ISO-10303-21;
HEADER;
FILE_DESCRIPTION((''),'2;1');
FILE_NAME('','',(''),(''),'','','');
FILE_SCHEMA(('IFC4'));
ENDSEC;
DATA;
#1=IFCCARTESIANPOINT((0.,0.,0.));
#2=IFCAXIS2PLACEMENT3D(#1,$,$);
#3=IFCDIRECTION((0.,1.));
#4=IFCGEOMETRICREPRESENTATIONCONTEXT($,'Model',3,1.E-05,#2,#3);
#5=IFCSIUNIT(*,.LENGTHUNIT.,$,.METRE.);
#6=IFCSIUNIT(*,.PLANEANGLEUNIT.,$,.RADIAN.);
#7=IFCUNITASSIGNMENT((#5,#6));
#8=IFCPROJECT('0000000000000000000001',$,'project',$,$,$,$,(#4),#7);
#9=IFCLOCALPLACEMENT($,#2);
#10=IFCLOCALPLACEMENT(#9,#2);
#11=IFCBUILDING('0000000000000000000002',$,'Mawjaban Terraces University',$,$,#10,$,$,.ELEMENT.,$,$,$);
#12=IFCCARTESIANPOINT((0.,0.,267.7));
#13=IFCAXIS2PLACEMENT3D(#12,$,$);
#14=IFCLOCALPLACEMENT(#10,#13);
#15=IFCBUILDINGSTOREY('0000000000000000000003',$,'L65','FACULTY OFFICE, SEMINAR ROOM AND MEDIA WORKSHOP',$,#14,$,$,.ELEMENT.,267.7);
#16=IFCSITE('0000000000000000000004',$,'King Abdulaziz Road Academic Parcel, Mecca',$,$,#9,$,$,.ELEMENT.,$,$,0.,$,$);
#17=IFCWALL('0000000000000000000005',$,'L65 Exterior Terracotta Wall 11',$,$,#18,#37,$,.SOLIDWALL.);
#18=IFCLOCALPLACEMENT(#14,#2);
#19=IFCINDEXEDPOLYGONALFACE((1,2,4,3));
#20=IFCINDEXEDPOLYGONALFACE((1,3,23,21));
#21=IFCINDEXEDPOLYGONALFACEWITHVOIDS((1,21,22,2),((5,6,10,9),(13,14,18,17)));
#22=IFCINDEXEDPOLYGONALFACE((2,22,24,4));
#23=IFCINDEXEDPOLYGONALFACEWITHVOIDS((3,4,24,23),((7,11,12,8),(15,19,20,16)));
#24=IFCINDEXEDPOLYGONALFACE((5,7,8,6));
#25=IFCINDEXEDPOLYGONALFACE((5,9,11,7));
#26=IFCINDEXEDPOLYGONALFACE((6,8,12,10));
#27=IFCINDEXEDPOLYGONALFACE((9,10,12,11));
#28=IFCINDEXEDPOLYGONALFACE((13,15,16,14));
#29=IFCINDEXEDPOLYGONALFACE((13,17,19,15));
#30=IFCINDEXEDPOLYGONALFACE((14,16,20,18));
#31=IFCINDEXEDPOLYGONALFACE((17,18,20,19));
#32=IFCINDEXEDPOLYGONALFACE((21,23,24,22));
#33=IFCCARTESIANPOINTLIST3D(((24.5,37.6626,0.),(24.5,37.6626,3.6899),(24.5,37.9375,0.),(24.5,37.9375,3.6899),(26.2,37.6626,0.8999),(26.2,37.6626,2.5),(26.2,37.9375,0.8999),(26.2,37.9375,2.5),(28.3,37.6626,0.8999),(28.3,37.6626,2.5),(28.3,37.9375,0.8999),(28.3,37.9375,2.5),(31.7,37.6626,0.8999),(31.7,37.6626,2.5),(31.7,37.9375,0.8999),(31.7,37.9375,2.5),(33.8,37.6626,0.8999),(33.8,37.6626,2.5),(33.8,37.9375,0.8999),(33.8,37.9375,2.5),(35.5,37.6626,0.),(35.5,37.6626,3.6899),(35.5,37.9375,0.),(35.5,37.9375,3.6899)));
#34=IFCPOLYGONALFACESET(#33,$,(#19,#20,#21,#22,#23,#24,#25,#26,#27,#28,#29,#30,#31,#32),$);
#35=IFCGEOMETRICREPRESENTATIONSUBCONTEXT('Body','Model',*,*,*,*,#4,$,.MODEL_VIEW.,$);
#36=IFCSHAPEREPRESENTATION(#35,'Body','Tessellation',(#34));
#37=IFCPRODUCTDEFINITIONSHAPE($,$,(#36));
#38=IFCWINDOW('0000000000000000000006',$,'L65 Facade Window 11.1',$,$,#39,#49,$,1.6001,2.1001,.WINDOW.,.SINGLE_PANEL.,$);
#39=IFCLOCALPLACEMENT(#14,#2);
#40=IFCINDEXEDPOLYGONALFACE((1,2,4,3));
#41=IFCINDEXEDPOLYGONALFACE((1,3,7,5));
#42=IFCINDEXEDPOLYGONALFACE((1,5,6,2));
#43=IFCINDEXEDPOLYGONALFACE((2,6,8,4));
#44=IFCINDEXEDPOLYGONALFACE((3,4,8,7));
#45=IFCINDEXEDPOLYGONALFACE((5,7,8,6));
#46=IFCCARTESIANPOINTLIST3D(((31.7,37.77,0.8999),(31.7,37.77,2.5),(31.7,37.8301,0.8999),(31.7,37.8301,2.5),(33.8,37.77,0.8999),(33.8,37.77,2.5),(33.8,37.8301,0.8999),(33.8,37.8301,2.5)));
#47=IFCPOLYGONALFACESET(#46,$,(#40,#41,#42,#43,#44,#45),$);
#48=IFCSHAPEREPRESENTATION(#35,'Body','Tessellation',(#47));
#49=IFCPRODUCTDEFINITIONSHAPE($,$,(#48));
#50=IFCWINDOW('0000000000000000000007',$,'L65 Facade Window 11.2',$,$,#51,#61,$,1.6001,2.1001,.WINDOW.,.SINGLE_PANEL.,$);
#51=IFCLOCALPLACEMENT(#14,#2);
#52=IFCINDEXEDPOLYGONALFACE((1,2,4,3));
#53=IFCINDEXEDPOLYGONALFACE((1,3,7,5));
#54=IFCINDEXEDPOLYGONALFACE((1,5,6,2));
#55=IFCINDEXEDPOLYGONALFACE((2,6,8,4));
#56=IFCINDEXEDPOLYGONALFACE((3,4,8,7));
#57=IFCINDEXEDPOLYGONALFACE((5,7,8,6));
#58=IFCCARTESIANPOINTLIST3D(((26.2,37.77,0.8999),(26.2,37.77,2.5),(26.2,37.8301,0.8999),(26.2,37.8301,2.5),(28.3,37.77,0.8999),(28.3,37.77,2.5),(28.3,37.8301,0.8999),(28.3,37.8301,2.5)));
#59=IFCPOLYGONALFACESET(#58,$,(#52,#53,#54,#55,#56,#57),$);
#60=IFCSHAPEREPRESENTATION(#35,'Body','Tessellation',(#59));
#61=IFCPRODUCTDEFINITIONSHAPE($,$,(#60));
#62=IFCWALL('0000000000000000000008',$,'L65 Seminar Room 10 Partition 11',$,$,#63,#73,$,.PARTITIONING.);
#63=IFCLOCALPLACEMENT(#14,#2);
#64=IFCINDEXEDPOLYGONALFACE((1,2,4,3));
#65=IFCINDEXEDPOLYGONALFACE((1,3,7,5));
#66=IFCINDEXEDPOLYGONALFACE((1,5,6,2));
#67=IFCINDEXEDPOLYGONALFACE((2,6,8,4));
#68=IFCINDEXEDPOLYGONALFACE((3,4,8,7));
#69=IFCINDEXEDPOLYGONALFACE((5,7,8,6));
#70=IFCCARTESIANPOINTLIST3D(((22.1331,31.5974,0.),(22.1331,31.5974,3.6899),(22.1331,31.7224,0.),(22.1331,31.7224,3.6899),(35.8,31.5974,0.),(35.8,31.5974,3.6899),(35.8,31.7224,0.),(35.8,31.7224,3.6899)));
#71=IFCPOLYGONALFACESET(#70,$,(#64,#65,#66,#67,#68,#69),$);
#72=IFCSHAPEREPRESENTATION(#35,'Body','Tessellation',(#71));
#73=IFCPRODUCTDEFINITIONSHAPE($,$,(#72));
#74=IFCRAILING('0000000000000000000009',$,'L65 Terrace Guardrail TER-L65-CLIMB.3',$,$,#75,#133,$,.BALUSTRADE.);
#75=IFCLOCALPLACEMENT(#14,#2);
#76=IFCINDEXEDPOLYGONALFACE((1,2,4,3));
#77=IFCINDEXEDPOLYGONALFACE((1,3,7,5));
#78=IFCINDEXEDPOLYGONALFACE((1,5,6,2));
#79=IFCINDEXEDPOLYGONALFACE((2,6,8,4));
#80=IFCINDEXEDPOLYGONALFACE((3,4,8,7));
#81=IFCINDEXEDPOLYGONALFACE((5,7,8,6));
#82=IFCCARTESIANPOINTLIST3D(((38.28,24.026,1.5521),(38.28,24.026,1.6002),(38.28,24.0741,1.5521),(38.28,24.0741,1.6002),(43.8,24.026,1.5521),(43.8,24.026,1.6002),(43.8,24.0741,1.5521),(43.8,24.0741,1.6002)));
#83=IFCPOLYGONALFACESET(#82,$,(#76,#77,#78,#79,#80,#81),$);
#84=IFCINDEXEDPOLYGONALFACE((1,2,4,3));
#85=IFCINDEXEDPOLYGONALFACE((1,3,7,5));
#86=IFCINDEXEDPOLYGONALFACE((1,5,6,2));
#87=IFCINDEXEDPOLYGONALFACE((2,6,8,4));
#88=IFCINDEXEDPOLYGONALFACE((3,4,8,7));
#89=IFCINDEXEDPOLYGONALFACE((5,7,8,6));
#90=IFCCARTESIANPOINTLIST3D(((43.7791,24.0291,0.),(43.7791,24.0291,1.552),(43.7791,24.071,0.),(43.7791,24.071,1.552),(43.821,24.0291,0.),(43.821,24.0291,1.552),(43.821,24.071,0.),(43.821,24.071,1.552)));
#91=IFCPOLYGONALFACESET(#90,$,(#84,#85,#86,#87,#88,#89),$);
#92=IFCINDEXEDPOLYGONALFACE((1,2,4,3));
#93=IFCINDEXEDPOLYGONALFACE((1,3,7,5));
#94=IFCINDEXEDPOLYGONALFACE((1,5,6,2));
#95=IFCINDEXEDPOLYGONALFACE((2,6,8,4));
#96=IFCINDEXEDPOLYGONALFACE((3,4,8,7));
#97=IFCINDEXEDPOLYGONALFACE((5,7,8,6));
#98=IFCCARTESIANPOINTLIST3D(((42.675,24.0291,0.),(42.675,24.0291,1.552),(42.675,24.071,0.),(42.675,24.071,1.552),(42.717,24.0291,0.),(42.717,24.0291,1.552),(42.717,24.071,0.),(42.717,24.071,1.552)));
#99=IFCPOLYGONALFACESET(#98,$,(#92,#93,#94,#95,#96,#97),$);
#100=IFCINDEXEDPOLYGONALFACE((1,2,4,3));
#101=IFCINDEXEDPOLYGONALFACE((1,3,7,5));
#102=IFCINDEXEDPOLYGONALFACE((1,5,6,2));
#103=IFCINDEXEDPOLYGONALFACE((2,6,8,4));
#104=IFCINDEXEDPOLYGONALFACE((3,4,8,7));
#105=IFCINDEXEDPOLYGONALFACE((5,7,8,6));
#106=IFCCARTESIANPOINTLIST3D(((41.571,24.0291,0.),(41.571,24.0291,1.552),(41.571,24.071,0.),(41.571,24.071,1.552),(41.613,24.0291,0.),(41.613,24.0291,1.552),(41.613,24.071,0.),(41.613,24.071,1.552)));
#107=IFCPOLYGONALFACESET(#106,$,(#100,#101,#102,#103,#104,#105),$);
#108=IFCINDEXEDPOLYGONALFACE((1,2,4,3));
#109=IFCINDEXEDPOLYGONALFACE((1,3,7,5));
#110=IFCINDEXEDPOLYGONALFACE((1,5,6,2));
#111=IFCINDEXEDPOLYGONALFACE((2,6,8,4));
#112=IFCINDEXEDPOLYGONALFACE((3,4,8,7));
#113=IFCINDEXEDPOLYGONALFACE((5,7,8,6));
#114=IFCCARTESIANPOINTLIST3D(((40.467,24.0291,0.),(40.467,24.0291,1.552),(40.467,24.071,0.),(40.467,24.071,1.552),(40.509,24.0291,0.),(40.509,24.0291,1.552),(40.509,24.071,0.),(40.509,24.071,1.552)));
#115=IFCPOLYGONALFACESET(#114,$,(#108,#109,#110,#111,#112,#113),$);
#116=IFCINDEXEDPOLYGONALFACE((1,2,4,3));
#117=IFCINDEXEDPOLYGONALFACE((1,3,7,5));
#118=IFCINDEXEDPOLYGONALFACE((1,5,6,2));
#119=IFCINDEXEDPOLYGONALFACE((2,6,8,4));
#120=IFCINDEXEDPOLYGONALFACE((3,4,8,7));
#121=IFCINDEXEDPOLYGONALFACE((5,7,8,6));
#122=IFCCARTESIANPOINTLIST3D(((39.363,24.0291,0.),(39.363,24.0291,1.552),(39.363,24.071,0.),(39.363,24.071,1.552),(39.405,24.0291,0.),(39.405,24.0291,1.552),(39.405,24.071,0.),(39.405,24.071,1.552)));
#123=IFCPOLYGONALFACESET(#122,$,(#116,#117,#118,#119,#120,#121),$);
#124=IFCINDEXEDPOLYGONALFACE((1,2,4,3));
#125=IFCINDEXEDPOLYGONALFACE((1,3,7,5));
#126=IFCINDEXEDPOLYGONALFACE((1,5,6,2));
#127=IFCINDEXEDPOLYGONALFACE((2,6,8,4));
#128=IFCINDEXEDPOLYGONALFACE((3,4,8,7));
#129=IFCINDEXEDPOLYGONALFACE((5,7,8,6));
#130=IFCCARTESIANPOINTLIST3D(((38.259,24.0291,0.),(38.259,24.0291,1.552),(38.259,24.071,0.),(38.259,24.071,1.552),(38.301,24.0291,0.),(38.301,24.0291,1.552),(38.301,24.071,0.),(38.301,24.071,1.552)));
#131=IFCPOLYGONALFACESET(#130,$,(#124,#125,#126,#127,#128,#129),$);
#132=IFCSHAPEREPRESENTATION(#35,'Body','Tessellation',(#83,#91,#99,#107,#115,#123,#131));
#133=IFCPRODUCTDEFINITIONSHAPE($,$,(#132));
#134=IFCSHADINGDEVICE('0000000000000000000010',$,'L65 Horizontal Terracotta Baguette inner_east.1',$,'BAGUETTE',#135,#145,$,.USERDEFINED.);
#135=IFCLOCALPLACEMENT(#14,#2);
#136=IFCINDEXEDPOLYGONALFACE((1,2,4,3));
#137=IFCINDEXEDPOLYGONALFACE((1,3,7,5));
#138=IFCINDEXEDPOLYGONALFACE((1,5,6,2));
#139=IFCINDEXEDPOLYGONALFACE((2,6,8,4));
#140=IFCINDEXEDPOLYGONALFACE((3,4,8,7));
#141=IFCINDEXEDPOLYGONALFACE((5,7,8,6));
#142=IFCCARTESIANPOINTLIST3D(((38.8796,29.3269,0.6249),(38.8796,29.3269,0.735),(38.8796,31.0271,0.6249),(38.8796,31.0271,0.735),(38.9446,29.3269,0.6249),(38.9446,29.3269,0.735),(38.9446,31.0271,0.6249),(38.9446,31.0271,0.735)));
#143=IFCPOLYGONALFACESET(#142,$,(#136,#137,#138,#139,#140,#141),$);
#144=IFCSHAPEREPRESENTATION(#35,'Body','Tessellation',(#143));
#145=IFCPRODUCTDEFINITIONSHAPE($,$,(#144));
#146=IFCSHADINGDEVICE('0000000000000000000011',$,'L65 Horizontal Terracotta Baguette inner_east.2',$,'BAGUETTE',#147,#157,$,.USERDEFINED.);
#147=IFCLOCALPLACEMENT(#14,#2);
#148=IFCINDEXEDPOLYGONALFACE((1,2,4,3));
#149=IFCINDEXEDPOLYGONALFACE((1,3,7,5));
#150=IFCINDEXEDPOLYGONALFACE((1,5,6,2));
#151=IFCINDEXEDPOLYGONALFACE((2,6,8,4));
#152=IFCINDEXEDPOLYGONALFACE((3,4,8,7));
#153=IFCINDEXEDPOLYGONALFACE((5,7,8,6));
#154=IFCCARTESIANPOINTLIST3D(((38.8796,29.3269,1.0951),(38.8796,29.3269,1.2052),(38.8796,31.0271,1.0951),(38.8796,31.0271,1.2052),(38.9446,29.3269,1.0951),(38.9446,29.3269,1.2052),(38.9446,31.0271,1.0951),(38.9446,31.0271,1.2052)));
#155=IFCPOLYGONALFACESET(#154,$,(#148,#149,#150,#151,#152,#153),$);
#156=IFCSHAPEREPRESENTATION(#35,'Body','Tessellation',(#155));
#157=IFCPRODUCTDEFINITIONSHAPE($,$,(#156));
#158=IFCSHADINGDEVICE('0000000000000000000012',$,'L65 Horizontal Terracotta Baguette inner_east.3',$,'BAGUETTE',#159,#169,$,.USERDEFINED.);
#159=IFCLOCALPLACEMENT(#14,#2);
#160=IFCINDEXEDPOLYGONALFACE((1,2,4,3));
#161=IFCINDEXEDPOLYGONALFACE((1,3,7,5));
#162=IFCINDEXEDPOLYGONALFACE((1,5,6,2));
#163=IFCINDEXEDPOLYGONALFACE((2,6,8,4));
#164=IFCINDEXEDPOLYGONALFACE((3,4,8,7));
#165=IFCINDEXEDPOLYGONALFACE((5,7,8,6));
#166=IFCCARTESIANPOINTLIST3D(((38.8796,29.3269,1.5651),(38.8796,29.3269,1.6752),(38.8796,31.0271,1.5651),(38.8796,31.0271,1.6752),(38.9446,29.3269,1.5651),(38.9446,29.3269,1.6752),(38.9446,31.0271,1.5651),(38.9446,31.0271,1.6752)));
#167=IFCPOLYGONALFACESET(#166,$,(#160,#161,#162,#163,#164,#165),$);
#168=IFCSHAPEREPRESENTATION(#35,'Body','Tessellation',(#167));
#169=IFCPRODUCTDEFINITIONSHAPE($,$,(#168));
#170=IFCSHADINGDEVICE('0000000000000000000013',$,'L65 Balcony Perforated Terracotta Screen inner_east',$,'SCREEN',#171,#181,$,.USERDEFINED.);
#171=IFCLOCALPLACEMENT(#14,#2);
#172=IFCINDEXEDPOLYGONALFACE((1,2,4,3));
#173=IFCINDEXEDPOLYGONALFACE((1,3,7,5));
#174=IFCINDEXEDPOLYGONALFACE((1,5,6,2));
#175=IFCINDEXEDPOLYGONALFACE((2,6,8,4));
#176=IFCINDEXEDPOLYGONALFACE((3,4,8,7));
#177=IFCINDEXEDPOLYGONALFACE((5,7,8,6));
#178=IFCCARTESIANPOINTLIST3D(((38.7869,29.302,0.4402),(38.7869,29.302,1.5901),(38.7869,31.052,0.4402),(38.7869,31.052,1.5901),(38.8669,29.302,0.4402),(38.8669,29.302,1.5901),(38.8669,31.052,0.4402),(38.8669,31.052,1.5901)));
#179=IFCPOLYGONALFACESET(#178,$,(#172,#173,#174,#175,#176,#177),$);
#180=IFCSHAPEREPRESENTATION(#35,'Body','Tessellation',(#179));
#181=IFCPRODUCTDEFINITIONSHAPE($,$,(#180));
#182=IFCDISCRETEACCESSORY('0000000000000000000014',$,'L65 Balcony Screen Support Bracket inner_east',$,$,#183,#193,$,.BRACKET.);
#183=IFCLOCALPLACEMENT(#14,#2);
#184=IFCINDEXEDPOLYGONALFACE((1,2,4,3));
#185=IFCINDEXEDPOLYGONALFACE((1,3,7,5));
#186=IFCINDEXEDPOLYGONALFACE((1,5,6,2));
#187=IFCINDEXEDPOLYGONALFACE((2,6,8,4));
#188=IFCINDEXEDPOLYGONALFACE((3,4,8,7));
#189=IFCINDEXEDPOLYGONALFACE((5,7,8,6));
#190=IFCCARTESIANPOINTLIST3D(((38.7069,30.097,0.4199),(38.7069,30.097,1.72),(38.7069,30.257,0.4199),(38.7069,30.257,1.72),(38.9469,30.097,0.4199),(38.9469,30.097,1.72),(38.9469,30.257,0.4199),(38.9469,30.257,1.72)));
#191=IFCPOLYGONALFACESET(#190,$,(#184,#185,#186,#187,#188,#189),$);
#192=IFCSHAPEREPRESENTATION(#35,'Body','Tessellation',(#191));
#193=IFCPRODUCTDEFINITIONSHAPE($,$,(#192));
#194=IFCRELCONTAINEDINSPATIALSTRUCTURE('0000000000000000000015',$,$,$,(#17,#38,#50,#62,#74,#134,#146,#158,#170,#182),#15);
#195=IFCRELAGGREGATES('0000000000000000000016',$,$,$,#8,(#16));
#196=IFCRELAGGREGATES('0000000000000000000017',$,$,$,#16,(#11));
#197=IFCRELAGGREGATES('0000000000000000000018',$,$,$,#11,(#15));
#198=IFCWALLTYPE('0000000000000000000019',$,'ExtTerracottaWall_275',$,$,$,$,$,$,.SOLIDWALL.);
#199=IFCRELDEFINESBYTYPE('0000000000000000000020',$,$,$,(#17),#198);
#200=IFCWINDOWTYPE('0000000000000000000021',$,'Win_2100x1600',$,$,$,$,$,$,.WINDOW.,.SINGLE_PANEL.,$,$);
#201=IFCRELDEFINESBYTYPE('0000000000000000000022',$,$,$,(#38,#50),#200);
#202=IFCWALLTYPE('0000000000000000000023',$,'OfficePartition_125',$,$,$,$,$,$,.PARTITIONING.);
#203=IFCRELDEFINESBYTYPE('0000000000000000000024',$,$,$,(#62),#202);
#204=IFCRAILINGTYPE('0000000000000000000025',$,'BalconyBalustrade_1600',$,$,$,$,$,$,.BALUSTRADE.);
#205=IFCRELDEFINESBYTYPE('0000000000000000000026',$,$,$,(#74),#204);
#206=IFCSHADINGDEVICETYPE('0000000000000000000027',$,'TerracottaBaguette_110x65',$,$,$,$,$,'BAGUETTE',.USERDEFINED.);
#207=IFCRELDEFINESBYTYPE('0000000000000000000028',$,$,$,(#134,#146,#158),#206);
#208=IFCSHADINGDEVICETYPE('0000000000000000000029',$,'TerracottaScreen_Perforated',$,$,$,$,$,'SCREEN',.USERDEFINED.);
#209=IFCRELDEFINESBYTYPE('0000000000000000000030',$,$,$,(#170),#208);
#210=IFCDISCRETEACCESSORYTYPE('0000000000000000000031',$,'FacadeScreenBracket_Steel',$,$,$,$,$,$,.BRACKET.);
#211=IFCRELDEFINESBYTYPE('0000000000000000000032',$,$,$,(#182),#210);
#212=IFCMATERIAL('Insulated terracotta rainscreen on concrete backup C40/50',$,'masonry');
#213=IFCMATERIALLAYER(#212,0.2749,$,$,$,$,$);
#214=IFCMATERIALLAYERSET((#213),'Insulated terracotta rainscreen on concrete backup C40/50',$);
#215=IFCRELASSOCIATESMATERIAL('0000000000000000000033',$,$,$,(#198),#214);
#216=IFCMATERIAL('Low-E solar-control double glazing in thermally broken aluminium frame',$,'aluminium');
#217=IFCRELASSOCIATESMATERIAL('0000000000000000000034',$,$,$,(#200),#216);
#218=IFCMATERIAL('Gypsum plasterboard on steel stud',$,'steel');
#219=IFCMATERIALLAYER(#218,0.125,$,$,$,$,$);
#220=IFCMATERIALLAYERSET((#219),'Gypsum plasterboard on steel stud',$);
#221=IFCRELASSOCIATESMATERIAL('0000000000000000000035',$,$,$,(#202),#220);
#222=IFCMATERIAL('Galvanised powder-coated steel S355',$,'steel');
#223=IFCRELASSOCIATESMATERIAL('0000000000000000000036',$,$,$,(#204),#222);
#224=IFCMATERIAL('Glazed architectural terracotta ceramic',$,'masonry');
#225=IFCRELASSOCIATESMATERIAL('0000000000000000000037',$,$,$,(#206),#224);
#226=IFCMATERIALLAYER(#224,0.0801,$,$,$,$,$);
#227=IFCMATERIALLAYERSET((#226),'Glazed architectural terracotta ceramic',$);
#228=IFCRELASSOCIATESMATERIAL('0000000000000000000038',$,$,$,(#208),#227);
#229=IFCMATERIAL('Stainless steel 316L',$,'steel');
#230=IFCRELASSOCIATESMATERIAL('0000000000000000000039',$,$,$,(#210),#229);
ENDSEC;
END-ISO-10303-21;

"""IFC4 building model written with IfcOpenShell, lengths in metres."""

from ifc_helpers import new_model, si_unit, direction, frame, frame_2d, origin, origin_2d, place, context, subcontext, project, spatial, rectangle, extrude, material, layer, layer_set, material_profile, profile_set, type_object, element, fill, save


model = new_model("IFC4")

# Units and contexts
model_context = context("Model", 3, precision=1e-05, world=origin(), true_north=direction((0.0, 1.0)))
body_context = subcontext(model_context, "Body", "Model", "MODEL_VIEW")
ifc_project = project(units=[si_unit("LENGTHUNIT", "METRE"), si_unit("PLANEANGLEUNIT", "RADIAN")], contexts=[model_context])

# Site, building, storey
site_placement = place(None, origin())
site = spatial("IfcSite", under=ifc_project, at=site_placement, Name="King Abdulaziz Road Academic Parcel, Mecca", CompositionType="ELEMENT", RefElevation=0.0)
building_placement = place(site_placement, origin())
building = spatial("IfcBuilding", under=site, at=building_placement, Name="Mawjaban Terraces University", CompositionType="ELEMENT")
storey_placement = place(building_placement, frame((0.0, 0.0, 267.7)))
storey = spatial("IfcBuildingStorey", under=building, at=storey_placement, Name="L65", Description="FACULTY OFFICE, SEMINAR ROOM AND MEDIA WORKSHOP", CompositionType="ELEMENT", Elevation=267.7)

# Shared definitions
ifc_material_1 = material(Name="Insulated terracotta rainscreen on concrete backup C40/50", Category="masonry")
ifc_layer_1 = layer(ifc_material_1, 0.2749)
ifc_layer_set_1 = layer_set([ifc_layer_1], Name="Insulated terracotta rainscreen on concrete backup C40/50")
wall_type_1 = type_object("IfcWallType", Name="ExtTerracottaWall_275", PredefinedType="SOLIDWALL", material=ifc_layer_set_1)

# Wall, openings, windows
wall_1_placement = place(storey_placement, frame((35.5, 37.8, 0.0), z_axis=(0.0, 0.0, 1.0), x_axis=(-1.0, 0.0, 0.0)))
wall_1 = element("IfcWall", 1, at=wall_1_placement, inside=storey, type_object=wall_type_1, Name="L65 Exterior Terracotta Wall 11", PredefinedType="SOLIDWALL", context=body_context, shape_type="SweptSolid", body=[
    extrude(rectangle(XDim=11.0, YDim=0.2749, at=frame_2d((5.5, 0.0))), origin(), (0.0, 0.0, 1.0), 3.6899),
])
opening_1_placement = place(wall_1_placement, frame((1.7, 0.0, 0.8999)))
opening_1 = element("IfcOpeningElement", 2, at=opening_1_placement, cuts=wall_1, PredefinedType="OPENING", context=body_context, shape_type="SweptSolid", body=[
    extrude(rectangle(XDim=2.1001, YDim=1.6001, at=frame_2d((1.05, 0.8))), frame((0.0, 0.1475, 0.0), z_axis=(0.0, -1.0, 0.0), x_axis=(1.0, 0.0, 0.0)), (0.0, 0.0, 1.0), 0.2949),
])
opening_2_placement = place(wall_1_placement, frame((7.2, 0.0, 0.8999)))
opening_2 = element("IfcOpeningElement", 3, at=opening_2_placement, cuts=wall_1, PredefinedType="OPENING", context=body_context, shape_type="SweptSolid", body=[
    extrude(rectangle(XDim=2.1001, YDim=1.6001, at=frame_2d((1.05, 0.8))), frame((0.0, 0.1475, 0.0), z_axis=(0.0, -1.0, 0.0), x_axis=(1.0, 0.0, 0.0)), (0.0, 0.0, 1.0), 0.2949),
])
ifc_material_2 = material(Name="Low-E solar-control double glazing in thermally broken aluminium frame", Category="aluminium")
window_type = type_object("IfcWindowType", Name="Win_2100x1600", PartitioningType="SINGLE_PANEL", PredefinedType="WINDOW", material=ifc_material_2)
window_1_placement = place(opening_1_placement, origin())
window_1 = element("IfcWindow", 4, at=window_1_placement, inside=storey, type_object=window_type, Name="L65 Facade Window 11.1", OverallHeight=1.6001, OverallWidth=2.1001, PartitioningType="SINGLE_PANEL", PredefinedType="WINDOW", context=body_context, shape_type="SweptSolid", body=[
    extrude(rectangle(XDim=2.1001, YDim=1.6001, at=frame_2d((1.05, 0.8))), frame((0.0, 0.03, 0.0), z_axis=(0.0, -1.0, 0.0), x_axis=(1.0, 0.0, 0.0)), (0.0, 0.0, 1.0), 0.0601),
])
fill(opening_1, window_1)
window_2_placement = place(opening_2_placement, origin())
window_2 = element("IfcWindow", 5, at=window_2_placement, inside=storey, type_object=window_type, Name="L65 Facade Window 11.2", OverallHeight=1.6001, OverallWidth=2.1001, PartitioningType="SINGLE_PANEL", PredefinedType="WINDOW", context=body_context, shape_type="SweptSolid", body=[
    extrude(rectangle(XDim=2.1001, YDim=1.6001, at=frame_2d((1.05, 0.8))), frame((0.0, 0.03, 0.0), z_axis=(0.0, -1.0, 0.0), x_axis=(1.0, 0.0, 0.0)), (0.0, 0.0, 1.0), 0.0601),
])
fill(opening_2, window_2)

# Wall
ifc_material_3 = material(Name="Gypsum plasterboard on steel stud", Category="steel")
ifc_layer_2 = layer(ifc_material_3, 0.125)
ifc_layer_set_2 = layer_set([ifc_layer_2], Name="Gypsum plasterboard on steel stud")
wall_type_2 = type_object("IfcWallType", Name="OfficePartition_125", PredefinedType="PARTITIONING", material=ifc_layer_set_2)
wall_2_placement = place(storey_placement, frame((35.8, 31.6599, 0.0), z_axis=(0.0, 0.0, 1.0), x_axis=(-1.0, 0.0, 0.0)))
element("IfcWall", 6, at=wall_2_placement, inside=storey, type_object=wall_type_2, Name="L65 Seminar Room 10 Partition 11", PredefinedType="PARTITIONING", context=body_context, shape_type="SweptSolid", body=[
    extrude(rectangle(XDim=13.667, YDim=0.125, at=frame_2d((6.8335, 0.0))), origin(), (0.0, 0.0, 1.0), 3.6899),
])

# Railing
ifc_material_4 = material(Name="Galvanised powder-coated steel S355", Category="steel")
railing_type = type_object("IfcRailingType", Name="BalconyBalustrade_1600", PredefinedType="BALUSTRADE", material=ifc_material_4)
railing_1_placement = place(storey_placement, frame((43.8, 24.05, 0.0)))
element("IfcRailing", 7, at=railing_1_placement, inside=storey, type_object=railing_type, Name="L65 Terrace Guardrail TER-L65-CLIMB.3", PredefinedType="BALUSTRADE", context=body_context, shape_type="SweptSolid", body=[
    extrude(rectangle(XDim=0.0481, YDim=0.0481, at=origin_2d()), frame((0.0, 0.0, 1.5762), z_axis=(-1.0, 0.0, 0.0), x_axis=(0.0, -1.0, 0.0)), (0.0, 0.0, 1.0), 5.52),
    extrude(rectangle(XDim=0.042, YDim=0.042, at=origin_2d()), origin(), (0.0, 0.0, 1.0), 1.552),
    extrude(rectangle(XDim=0.042, YDim=0.042, at=origin_2d()), frame((-1.104, 0.0, 0.0)), (0.0, 0.0, 1.0), 1.552),
    extrude(rectangle(XDim=0.042, YDim=0.042, at=origin_2d()), frame((-2.208, 0.0, 0.0)), (0.0, 0.0, 1.0), 1.552),
    extrude(rectangle(XDim=0.042, YDim=0.042, at=origin_2d()), frame((-3.312, 0.0, 0.0)), (0.0, 0.0, 1.0), 1.552),
    extrude(rectangle(XDim=0.042, YDim=0.042, at=origin_2d()), frame((-4.416, 0.0, 0.0)), (0.0, 0.0, 1.0), 1.552),
    extrude(rectangle(XDim=0.042, YDim=0.042, at=origin_2d()), frame((-5.52, 0.0, 0.0)), (0.0, 0.0, 1.0), 1.552),
])

# Shading devices
ifc_material_5 = material(Name="Glazed architectural terracotta ceramic", Category="masonry")
ifc_material_profile_1 = material_profile(ifc_material_5, rectangle(XDim=0.0649, YDim=0.1101, at=origin_2d()), Name="TBAG110X65")
ifc_profile_set_1 = profile_set([ifc_material_profile_1], Name="Glazed architectural terracotta ceramic")
shading_device_type_1 = type_object("IfcShadingDeviceType", Name="TerracottaBaguette_110x65", ElementType="BAGUETTE", PredefinedType="USERDEFINED", material=ifc_profile_set_1)
for number, where, z_axis, x_axis, name in (
    (8, (38.9121, 29.3269, 0.6799), (0.0, 1.0, 0.0), (-1.0, 0.0, 0.0), "L65 Horizontal Terracotta Baguette inner_east.1"),
    (9, (38.9121, 29.3269, 1.1501), (0.0, 1.0, 0.0), (-1.0, 0.0, 0.0), "L65 Horizontal Terracotta Baguette inner_east.2"),
    (10, (38.9121, 29.3269, 1.6201), (0.0, 1.0, 0.0), (-1.0, 0.0, 0.0), "L65 Horizontal Terracotta Baguette inner_east.3"),
):
    element("IfcShadingDevice", number, at=place(storey_placement, frame(where, z_axis=z_axis, x_axis=x_axis)), inside=storey, type_object=shading_device_type_1, Name=name, ObjectType="BAGUETTE", PredefinedType="USERDEFINED", context=body_context, shape_type="SweptSolid", body=[
        extrude(rectangle(XDim=0.0649, YDim=0.1101, at=origin_2d()), origin(), (0.0, 0.0, 1.0), 1.7002),
    ])
ifc_layer_3 = layer(ifc_material_5, 0.0801)
ifc_layer_set_3 = layer_set([ifc_layer_3], Name="Glazed architectural terracotta ceramic")
shading_device_type_2 = type_object("IfcShadingDeviceType", Name="TerracottaScreen_Perforated", ElementType="SCREEN", PredefinedType="USERDEFINED", material=ifc_layer_set_3)
shading_device_placement = place(storey_placement, frame((38.8269, 30.177, 0.4402), z_axis=(0.0, 0.0, 1.0), x_axis=(0.0, 1.0, 0.0)))
element("IfcShadingDevice", 11, at=shading_device_placement, inside=storey, type_object=shading_device_type_2, Name="L65 Balcony Perforated Terracotta Screen inner_east", ObjectType="SCREEN", PredefinedType="USERDEFINED", context=body_context, shape_type="SweptSolid", body=[
    extrude(rectangle(XDim=1.75, YDim=0.0801, at=origin_2d()), origin(), (0.0, 0.0, 1.0), 1.1499),
])

# Discrete accessory
ifc_material_6 = material(Name="Stainless steel 316L", Category="steel")
discrete_accessory_type_1 = type_object("IfcDiscreteAccessoryType", Name="FacadeScreenBracket_Steel", PredefinedType="BRACKET", material=ifc_material_6)
discrete_accessory_1_placement = place(storey_placement, frame((38.8269, 30.177, 0.4199), z_axis=(0.0, 0.0, 1.0), x_axis=(0.0, 1.0, 0.0)))
element("IfcDiscreteAccessory", 12, at=discrete_accessory_1_placement, inside=storey, type_object=discrete_accessory_type_1, Name="L65 Balcony Screen Support Bracket inner_east", PredefinedType="BRACKET", context=body_context, shape_type="SweptSolid", body=[
    extrude(rectangle(XDim=0.1599, YDim=0.24, at=origin_2d()), origin(), (0.0, 0.0, 1.0), 1.3),
])

save(model, "model.ifc")
